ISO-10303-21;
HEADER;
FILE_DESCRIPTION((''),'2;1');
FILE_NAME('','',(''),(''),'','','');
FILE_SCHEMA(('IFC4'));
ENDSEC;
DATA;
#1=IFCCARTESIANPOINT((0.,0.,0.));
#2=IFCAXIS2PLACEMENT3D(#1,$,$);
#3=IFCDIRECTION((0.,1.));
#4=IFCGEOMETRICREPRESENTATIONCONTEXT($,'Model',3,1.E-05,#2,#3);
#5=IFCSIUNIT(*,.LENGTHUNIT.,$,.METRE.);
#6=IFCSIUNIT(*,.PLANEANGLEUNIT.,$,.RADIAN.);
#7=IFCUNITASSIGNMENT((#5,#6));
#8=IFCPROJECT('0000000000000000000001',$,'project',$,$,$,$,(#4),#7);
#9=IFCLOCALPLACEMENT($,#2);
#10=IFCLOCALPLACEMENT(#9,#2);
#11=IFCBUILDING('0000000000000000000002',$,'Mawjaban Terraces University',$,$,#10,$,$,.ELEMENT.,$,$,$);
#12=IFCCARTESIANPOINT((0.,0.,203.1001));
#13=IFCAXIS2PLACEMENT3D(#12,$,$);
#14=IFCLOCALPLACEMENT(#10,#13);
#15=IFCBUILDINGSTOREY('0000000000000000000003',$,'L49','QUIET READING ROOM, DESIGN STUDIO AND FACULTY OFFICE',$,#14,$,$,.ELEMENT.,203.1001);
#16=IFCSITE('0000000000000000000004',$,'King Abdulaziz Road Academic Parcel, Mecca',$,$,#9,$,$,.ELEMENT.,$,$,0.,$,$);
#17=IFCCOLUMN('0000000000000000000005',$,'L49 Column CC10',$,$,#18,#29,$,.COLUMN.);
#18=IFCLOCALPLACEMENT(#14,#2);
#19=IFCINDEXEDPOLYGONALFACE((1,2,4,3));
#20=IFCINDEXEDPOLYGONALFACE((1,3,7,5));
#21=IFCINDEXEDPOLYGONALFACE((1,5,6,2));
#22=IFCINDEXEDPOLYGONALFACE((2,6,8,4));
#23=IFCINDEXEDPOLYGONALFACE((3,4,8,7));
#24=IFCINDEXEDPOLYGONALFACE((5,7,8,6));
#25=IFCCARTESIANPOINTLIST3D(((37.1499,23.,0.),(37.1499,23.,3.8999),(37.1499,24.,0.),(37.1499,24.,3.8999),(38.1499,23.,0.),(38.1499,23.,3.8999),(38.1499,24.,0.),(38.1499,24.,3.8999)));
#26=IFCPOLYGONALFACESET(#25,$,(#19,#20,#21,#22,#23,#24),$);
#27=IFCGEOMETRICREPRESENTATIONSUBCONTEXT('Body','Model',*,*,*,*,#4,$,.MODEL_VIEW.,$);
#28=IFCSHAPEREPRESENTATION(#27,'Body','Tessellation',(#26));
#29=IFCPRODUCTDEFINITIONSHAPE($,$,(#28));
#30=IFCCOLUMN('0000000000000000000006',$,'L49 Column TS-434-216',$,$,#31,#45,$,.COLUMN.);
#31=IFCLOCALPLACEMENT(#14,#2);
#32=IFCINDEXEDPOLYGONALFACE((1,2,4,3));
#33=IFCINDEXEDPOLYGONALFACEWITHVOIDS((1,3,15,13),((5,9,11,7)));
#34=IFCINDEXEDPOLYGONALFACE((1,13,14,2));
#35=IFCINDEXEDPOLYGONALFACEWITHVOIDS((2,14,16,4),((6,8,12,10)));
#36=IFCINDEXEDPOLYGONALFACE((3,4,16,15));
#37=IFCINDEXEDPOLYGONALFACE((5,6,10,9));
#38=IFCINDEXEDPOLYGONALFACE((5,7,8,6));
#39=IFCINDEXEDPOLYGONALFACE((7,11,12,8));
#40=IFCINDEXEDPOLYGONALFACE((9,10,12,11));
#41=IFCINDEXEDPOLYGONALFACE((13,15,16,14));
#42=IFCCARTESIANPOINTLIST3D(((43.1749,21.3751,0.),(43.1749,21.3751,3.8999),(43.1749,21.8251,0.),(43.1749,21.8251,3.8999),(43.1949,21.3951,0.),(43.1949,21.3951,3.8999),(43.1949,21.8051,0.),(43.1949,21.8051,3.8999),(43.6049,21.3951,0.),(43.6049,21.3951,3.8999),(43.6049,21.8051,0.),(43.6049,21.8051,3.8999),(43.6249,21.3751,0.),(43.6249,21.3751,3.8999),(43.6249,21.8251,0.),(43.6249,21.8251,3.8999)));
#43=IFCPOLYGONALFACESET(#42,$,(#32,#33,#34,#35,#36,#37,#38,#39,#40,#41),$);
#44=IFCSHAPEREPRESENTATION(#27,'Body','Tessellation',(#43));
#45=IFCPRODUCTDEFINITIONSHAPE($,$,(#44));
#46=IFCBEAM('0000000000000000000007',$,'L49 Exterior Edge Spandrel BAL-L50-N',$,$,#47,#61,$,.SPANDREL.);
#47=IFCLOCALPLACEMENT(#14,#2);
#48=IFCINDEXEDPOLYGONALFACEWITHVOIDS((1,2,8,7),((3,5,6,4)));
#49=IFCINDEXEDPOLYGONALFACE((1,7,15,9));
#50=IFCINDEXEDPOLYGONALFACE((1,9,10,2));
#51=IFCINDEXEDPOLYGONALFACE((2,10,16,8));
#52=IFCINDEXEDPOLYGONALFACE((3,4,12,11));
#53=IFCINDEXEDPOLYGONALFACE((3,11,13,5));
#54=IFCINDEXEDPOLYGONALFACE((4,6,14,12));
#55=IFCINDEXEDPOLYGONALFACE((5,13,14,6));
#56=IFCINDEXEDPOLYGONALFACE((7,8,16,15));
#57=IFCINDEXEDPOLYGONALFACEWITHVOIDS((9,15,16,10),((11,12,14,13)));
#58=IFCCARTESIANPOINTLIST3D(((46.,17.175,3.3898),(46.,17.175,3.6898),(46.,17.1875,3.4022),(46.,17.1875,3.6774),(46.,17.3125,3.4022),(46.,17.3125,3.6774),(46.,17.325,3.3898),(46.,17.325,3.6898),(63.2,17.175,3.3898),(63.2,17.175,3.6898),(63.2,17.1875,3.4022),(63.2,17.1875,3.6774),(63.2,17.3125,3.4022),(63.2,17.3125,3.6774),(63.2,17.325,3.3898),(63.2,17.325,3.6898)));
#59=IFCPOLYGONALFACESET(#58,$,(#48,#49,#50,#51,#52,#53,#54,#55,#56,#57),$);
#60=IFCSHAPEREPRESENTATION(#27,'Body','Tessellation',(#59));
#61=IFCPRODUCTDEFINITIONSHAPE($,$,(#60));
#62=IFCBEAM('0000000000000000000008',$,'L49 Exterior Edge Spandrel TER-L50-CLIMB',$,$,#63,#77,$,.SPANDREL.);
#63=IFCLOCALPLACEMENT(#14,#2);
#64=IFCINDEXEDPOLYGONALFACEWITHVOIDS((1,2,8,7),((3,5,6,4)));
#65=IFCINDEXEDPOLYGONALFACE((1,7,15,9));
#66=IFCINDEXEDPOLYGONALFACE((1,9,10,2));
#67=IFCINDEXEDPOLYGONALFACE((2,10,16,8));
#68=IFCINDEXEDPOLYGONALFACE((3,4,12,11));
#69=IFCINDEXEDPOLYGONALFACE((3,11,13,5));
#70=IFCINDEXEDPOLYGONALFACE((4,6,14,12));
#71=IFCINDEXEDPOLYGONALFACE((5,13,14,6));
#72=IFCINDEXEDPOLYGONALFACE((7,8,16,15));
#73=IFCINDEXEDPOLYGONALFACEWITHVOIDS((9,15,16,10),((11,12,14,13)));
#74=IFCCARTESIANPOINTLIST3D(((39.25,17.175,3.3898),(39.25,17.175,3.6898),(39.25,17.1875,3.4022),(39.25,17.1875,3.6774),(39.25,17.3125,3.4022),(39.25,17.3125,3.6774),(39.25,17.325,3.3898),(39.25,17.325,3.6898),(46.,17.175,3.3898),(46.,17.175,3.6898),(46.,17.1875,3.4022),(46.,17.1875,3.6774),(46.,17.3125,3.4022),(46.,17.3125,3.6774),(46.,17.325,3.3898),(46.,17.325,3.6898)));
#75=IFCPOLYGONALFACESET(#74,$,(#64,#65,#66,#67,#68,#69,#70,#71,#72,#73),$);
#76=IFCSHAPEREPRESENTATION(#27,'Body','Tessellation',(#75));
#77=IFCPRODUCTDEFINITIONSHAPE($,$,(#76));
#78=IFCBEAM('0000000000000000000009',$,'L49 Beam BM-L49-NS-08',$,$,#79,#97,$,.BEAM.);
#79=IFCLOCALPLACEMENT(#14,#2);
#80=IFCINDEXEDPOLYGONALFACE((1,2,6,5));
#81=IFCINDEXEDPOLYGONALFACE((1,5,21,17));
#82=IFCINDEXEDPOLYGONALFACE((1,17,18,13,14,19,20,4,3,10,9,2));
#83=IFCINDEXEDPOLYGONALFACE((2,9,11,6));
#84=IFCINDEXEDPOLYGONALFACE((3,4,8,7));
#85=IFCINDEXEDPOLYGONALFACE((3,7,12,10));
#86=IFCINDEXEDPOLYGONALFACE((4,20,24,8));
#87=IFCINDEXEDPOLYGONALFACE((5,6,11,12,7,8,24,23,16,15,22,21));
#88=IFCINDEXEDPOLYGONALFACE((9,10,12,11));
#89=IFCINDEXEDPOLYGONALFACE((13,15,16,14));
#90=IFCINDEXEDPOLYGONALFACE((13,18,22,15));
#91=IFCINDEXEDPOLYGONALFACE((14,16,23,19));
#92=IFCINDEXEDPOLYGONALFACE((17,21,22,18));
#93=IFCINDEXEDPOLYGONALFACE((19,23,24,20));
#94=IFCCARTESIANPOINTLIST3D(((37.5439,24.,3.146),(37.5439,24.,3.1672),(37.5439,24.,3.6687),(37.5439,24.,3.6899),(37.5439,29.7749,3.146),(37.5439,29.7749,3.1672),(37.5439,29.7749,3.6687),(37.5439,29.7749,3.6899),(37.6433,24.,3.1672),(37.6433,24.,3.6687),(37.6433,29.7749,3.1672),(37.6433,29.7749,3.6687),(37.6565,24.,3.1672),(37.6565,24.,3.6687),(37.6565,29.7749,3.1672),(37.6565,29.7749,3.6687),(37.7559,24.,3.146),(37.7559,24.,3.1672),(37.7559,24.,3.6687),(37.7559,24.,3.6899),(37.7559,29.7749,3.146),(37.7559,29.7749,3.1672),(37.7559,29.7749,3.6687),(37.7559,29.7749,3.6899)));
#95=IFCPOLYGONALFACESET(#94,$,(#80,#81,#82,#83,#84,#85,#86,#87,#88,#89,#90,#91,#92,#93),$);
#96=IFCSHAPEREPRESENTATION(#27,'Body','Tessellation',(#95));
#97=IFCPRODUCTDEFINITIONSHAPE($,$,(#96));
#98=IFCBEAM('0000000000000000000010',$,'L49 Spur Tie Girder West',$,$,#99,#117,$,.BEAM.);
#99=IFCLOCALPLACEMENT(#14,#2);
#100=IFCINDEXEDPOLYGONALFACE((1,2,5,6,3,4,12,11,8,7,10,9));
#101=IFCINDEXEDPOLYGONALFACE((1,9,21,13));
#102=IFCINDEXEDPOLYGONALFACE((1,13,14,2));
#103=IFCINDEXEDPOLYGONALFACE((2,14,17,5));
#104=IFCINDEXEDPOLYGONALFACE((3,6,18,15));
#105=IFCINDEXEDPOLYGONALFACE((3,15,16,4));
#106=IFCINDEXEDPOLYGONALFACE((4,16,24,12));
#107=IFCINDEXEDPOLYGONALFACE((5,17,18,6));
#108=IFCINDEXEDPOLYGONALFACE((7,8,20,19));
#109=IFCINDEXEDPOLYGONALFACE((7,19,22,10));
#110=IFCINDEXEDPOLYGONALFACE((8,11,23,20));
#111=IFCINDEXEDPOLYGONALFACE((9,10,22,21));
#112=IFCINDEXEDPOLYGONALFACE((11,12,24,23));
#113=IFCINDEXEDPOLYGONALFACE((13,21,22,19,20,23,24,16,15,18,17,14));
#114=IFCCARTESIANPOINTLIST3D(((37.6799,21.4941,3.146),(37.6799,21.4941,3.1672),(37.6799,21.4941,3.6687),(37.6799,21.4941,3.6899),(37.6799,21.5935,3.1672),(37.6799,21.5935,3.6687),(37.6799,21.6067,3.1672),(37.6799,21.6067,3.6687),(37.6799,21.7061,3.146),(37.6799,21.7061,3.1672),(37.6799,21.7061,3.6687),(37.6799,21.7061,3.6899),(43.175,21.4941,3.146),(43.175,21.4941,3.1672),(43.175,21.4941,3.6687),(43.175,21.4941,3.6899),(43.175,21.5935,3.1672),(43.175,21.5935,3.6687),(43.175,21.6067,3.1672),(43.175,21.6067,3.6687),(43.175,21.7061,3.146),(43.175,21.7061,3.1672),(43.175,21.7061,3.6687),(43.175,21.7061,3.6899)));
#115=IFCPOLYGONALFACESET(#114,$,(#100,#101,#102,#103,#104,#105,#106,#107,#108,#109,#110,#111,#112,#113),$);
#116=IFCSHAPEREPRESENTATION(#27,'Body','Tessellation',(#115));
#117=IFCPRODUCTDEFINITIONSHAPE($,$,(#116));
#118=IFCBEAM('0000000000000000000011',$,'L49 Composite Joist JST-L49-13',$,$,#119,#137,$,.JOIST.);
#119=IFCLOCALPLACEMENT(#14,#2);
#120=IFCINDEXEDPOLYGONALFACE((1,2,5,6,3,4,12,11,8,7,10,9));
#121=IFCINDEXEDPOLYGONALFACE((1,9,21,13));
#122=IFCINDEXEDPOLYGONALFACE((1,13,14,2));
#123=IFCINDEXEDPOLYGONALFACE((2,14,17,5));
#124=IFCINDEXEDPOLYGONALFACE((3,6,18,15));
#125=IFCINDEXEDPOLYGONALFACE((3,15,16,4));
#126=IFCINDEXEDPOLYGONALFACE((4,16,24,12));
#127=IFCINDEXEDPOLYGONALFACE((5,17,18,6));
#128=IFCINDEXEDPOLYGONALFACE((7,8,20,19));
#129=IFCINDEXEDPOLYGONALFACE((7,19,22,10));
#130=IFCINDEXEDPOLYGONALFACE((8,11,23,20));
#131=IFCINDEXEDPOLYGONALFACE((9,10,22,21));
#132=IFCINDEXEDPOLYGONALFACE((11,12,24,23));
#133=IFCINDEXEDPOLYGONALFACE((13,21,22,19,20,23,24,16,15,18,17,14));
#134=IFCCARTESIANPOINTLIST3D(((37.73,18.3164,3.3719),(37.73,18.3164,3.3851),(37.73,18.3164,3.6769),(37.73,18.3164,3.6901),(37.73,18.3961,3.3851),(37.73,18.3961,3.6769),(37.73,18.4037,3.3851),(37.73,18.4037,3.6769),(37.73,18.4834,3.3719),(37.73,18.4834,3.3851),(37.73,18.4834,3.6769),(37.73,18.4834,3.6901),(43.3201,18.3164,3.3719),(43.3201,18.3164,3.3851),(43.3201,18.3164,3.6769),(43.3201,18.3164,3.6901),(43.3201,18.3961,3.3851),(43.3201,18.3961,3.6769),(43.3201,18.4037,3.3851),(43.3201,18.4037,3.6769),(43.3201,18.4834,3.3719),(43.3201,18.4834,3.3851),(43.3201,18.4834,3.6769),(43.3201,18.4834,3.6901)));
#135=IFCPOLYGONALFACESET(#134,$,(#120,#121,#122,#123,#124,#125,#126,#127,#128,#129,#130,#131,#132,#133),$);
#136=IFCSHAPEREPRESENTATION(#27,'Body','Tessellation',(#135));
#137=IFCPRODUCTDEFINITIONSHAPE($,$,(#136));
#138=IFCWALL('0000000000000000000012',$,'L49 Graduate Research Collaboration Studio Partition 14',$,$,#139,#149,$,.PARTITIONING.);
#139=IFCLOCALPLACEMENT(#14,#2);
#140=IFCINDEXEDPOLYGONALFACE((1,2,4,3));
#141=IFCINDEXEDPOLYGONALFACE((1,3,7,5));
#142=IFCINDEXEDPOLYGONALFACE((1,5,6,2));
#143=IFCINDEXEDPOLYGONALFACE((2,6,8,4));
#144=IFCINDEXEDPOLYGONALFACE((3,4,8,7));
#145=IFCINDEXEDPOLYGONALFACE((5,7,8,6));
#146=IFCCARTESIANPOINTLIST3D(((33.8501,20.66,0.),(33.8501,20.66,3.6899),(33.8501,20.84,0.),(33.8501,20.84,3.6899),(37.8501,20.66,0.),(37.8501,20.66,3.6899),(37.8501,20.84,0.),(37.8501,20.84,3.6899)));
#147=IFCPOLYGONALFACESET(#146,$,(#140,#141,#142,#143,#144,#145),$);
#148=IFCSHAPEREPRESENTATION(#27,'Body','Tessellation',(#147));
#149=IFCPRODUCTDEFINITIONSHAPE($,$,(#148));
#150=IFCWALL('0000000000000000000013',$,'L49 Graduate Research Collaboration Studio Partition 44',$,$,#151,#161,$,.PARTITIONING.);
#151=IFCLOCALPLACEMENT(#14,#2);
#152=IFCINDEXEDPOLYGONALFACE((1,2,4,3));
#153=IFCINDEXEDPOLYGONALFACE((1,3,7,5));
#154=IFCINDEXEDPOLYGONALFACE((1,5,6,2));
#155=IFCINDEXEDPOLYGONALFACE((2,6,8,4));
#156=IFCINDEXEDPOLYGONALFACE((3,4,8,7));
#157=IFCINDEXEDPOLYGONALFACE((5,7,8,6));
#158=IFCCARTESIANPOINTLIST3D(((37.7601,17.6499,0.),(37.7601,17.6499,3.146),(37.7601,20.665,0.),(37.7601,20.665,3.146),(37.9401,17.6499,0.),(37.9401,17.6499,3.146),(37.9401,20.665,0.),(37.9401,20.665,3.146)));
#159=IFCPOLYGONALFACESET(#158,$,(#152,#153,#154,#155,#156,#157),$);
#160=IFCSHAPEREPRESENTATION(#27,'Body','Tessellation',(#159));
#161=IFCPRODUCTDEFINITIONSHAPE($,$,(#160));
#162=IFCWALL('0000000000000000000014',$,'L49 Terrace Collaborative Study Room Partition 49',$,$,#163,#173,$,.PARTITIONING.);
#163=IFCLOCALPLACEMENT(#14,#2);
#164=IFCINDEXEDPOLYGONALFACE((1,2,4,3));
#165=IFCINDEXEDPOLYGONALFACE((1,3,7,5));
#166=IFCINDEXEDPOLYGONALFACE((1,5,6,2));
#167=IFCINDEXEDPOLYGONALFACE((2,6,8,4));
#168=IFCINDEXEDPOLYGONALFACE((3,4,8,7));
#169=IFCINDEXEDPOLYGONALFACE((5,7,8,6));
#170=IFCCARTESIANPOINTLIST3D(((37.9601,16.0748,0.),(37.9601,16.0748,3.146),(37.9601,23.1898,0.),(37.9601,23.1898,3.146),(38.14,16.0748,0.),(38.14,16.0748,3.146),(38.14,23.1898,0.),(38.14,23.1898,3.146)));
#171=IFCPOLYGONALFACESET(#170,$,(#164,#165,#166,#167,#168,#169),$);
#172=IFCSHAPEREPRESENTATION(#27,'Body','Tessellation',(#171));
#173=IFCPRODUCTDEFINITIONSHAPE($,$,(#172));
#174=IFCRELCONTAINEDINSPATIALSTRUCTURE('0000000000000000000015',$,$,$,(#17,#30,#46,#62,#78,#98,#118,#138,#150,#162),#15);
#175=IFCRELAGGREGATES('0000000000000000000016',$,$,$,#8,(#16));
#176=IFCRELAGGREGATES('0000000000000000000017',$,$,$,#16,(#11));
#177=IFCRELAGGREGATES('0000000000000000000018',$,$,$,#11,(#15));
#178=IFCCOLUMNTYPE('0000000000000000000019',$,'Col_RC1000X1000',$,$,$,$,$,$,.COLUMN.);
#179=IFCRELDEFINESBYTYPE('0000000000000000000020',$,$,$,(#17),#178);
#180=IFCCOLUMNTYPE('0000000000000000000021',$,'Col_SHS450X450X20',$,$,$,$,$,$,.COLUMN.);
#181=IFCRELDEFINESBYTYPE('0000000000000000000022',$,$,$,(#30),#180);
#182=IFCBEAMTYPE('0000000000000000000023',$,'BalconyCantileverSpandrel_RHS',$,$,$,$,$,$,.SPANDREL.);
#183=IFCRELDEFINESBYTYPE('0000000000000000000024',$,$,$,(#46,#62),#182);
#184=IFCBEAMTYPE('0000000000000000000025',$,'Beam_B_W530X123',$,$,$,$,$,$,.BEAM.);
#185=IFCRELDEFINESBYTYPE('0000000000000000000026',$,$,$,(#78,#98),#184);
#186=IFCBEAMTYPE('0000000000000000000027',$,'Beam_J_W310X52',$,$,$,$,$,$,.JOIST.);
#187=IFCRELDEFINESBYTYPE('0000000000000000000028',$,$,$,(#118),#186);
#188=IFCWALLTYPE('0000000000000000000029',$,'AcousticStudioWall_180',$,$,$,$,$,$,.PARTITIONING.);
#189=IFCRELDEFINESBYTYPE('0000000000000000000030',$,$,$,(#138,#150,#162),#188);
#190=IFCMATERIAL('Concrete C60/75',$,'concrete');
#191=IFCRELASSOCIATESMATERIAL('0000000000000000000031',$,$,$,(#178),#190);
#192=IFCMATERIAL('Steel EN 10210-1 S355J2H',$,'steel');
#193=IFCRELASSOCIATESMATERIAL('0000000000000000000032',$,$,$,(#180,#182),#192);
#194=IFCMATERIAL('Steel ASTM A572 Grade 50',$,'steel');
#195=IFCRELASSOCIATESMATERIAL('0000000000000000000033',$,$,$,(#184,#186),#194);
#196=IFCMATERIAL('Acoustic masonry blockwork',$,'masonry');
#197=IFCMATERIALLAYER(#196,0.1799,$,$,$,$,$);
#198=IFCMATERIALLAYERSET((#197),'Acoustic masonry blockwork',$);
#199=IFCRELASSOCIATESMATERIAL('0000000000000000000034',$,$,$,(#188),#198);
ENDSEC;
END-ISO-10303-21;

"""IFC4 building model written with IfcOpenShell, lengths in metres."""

from ifc_helpers import new_model, si_unit, direction, frame, frame_2d, origin, origin_2d, place, context, subcontext, project, spatial, rectangle, hollow_rectangle, i_section, extrude, material, layer, layer_set, material_profile, profile_set, type_object, element, save


model = new_model("IFC4")

# Units and contexts
model_context = context("Model", 3, precision=1e-05, world=origin(), true_north=direction((0.0, 1.0)))
body_context = subcontext(model_context, "Body", "Model", "MODEL_VIEW")
ifc_project = project(units=[si_unit("LENGTHUNIT", "METRE"), si_unit("PLANEANGLEUNIT", "RADIAN")], contexts=[model_context])

# Site, building, storey
site_placement = place(None, origin())
site = spatial("IfcSite", under=ifc_project, at=site_placement, Name="King Abdulaziz Road Academic Parcel, Mecca", CompositionType="ELEMENT", RefElevation=0.0)
building_placement = place(site_placement, origin())
building = spatial("IfcBuilding", under=site, at=building_placement, Name="Mawjaban Terraces University", CompositionType="ELEMENT")
storey_placement = place(building_placement, frame((0.0, 0.0, 203.1001)))
storey = spatial("IfcBuildingStorey", under=building, at=storey_placement, Name="L49", Description="QUIET READING ROOM, DESIGN STUDIO AND FACULTY OFFICE", CompositionType="ELEMENT", Elevation=203.1001)

# Columns
ifc_material_1 = material(Name="Concrete C60/75", Category="concrete")
ifc_material_profile_1 = material_profile(ifc_material_1, rectangle(XDim=1.0, YDim=1.0, at=origin_2d()), Name="RC1000X1000")
ifc_profile_set_1 = profile_set([ifc_material_profile_1], Name="Concrete C60/75")
column_type_1 = type_object("IfcColumnType", Name="Col_RC1000X1000", PredefinedType="COLUMN", material=ifc_profile_set_1)
column_1_placement = place(storey_placement, frame((37.6499, 23.5, 0.0), z_axis=(0.0, 0.0, 1.0), x_axis=(1.0, 0.0, 0.0)))
element("IfcColumn", 1, at=column_1_placement, inside=storey, type_object=column_type_1, Name="L49 Column CC10", PredefinedType="COLUMN", context=body_context, shape_type="SweptSolid", body=[
    extrude(rectangle(XDim=1.0, YDim=1.0, at=origin_2d()), origin(), (0.0, 0.0, 1.0), 3.8999),
])
ifc_material_2 = material(Name="Steel EN 10210-1 S355J2H", Category="steel")
ifc_material_profile_2 = material_profile(ifc_material_2, hollow_rectangle(XDim=0.45, YDim=0.45, WallThickness=0.02, at=origin_2d()), Name="SHS450X450X20")
ifc_profile_set_2 = profile_set([ifc_material_profile_2], Name="Steel EN 10210-1 S355J2H")
column_type_2 = type_object("IfcColumnType", Name="Col_SHS450X450X20", PredefinedType="COLUMN", material=ifc_profile_set_2)
column_2_placement = place(storey_placement, frame((43.3999, 21.6001, 0.0), z_axis=(0.0, 0.0, 1.0), x_axis=(1.0, 0.0, 0.0)))
element("IfcColumn", 2, at=column_2_placement, inside=storey, type_object=column_type_2, Name="L49 Column TS-434-216", PredefinedType="COLUMN", context=body_context, shape_type="SweptSolid", body=[
    extrude(hollow_rectangle(XDim=0.45, YDim=0.45, WallThickness=0.02, at=origin_2d()), origin(), (0.0, 0.0, 1.0), 3.8999),
])

# Beams
ifc_material_profile_3 = material_profile(ifc_material_2, hollow_rectangle(XDim=0.1499, YDim=0.3, WallThickness=0.0125, at=origin_2d()), Name="RHS300X150X12.5")
ifc_profile_set_3 = profile_set([ifc_material_profile_3], Name="Steel EN 10210-1 S355J2H")
beam_type_1 = type_object("IfcBeamType", Name="BalconyCantileverSpandrel_RHS", PredefinedType="SPANDREL", material=ifc_profile_set_3)
beam_1_placement = place(storey_placement, frame((46.0, 17.25, 3.5398), z_axis=(1.0, 0.0, 0.0), x_axis=(0.0, 1.0, 0.0)))
element("IfcBeam", 3, at=beam_1_placement, inside=storey, type_object=beam_type_1, Name="L49 Exterior Edge Spandrel BAL-L50-N", PredefinedType="SPANDREL", context=body_context, shape_type="SweptSolid", body=[
    extrude(hollow_rectangle(XDim=0.1499, YDim=0.3, WallThickness=0.0125, at=origin_2d()), origin(), (0.0, 0.0, 1.0), 17.2),
])
beam_2_placement = place(storey_placement, frame((39.25, 17.25, 3.5398), z_axis=(1.0, 0.0, 0.0), x_axis=(0.0, 1.0, 0.0)))
element("IfcBeam", 4, at=beam_2_placement, inside=storey, type_object=beam_type_1, Name="L49 Exterior Edge Spandrel TER-L50-CLIMB", PredefinedType="SPANDREL", context=body_context, shape_type="SweptSolid", body=[
    extrude(hollow_rectangle(XDim=0.1499, YDim=0.3, WallThickness=0.0125, at=origin_2d()), origin(), (0.0, 0.0, 1.0), 6.75),
])
ifc_material_3 = material(Name="Steel ASTM A572 Grade 50", Category="steel")
ifc_material_profile_4 = material_profile(ifc_material_3, i_section(OverallWidth=0.2119, OverallDepth=0.5439, WebThickness=0.0132, FlangeThickness=0.0212, at=origin_2d()), Name="W530X123")
ifc_profile_set_4 = profile_set([ifc_material_profile_4], Name="Steel ASTM A572 Grade 50")
beam_type_2 = type_object("IfcBeamType", Name="Beam_B_W530X123", PredefinedType="BEAM", material=ifc_profile_set_4)
beam_3_placement = place(storey_placement, frame((37.6499, 24.0, 3.418), z_axis=(0.0, 1.0, 0.0), x_axis=(-1.0, 0.0, 0.0)))
element("IfcBeam", 5, at=beam_3_placement, inside=storey, type_object=beam_type_2, Name="L49 Beam BM-L49-NS-08", PredefinedType="BEAM", context=body_context, shape_type="SweptSolid", body=[
    extrude(i_section(OverallWidth=0.2119, OverallDepth=0.5439, WebThickness=0.0132, FlangeThickness=0.0212, at=origin_2d()), origin(), (0.0, 0.0, 1.0), 5.7749),
])
beam_4_placement = place(storey_placement, frame((37.6799, 21.6001, 3.418), z_axis=(1.0, 0.0, 0.0), x_axis=(0.0, 1.0, 0.0)))
element("IfcBeam", 6, at=beam_4_placement, inside=storey, type_object=beam_type_2, Name="L49 Spur Tie Girder West", PredefinedType="BEAM", context=body_context, shape_type="SweptSolid", body=[
    extrude(i_section(OverallWidth=0.2119, OverallDepth=0.5439, WebThickness=0.0132, FlangeThickness=0.0212, at=origin_2d()), origin(), (0.0, 0.0, 1.0), 5.4951),
])
ifc_material_profile_5 = material_profile(ifc_material_3, i_section(OverallWidth=0.167, OverallDepth=0.3181, WebThickness=0.0076, FlangeThickness=0.0132, at=origin_2d()), Name="W310X52")
ifc_profile_set_5 = profile_set([ifc_material_profile_5], Name="Steel ASTM A572 Grade 50")
beam_type_3 = type_object("IfcBeamType", Name="Beam_J_W310X52", PredefinedType="JOIST", material=ifc_profile_set_5)
beam_5_placement = place(storey_placement, frame((37.73, 18.3999, 3.531), z_axis=(1.0, 0.0, 0.0), x_axis=(0.0, 1.0, 0.0)))
element("IfcBeam", 7, at=beam_5_placement, inside=storey, type_object=beam_type_3, Name="L49 Composite Joist JST-L49-13", PredefinedType="JOIST", context=body_context, shape_type="SweptSolid", body=[
    extrude(i_section(OverallWidth=0.167, OverallDepth=0.3181, WebThickness=0.0076, FlangeThickness=0.0132, at=origin_2d()), origin(), (0.0, 0.0, 1.0), 5.5901),
])

# Walls
ifc_material_4 = material(Name="Acoustic masonry blockwork", Category="masonry")
ifc_layer_1 = layer(ifc_material_4, 0.1799)
ifc_layer_set_1 = layer_set([ifc_layer_1], Name="Acoustic masonry blockwork")
wall_type_1 = type_object("IfcWallType", Name="AcousticStudioWall_180", PredefinedType="PARTITIONING", material=ifc_layer_set_1)
wall_1_placement = place(storey_placement, frame((37.8501, 20.75, 0.0), z_axis=(0.0, 0.0, 1.0), x_axis=(-1.0, 0.0, 0.0)))
element("IfcWall", 8, at=wall_1_placement, inside=storey, type_object=wall_type_1, Name="L49 Graduate Research Collaboration Studio Partition 14", PredefinedType="PARTITIONING", context=body_context, shape_type="SweptSolid", body=[
    extrude(rectangle(XDim=4.0, YDim=0.1799, at=frame_2d((2.0, 0.0))), origin(), (0.0, 0.0, 1.0), 3.6899),
])
wall_2_placement = place(storey_placement, frame((37.8501, 17.6499, 0.0), z_axis=(0.0, 0.0, 1.0), x_axis=(0.0, 1.0, 0.0)))
element("IfcWall", 9, at=wall_2_placement, inside=storey, type_object=wall_type_1, Name="L49 Graduate Research Collaboration Studio Partition 44", PredefinedType="PARTITIONING", context=body_context, shape_type="SweptSolid", body=[
    extrude(rectangle(XDim=3.0151, YDim=0.1799, at=frame_2d((1.5076, 0.0))), origin(), (0.0, 0.0, 1.0), 3.146),
])
wall_3_placement = place(storey_placement, frame((38.05, 23.1899, 0.0), z_axis=(0.0, 0.0, 1.0), x_axis=(0.0, -1.0, 0.0)))
element("IfcWall", 10, at=wall_3_placement, inside=storey, type_object=wall_type_1, Name="L49 Terrace Collaborative Study Room Partition 49", PredefinedType="PARTITIONING", context=body_context, shape_type="SweptSolid", body=[
    extrude(rectangle(XDim=7.115, YDim=0.1799, at=frame_2d((3.5576, 0.0))), origin(), (0.0, 0.0, 1.0), 3.146),
])

save(model, "model.ifc")
